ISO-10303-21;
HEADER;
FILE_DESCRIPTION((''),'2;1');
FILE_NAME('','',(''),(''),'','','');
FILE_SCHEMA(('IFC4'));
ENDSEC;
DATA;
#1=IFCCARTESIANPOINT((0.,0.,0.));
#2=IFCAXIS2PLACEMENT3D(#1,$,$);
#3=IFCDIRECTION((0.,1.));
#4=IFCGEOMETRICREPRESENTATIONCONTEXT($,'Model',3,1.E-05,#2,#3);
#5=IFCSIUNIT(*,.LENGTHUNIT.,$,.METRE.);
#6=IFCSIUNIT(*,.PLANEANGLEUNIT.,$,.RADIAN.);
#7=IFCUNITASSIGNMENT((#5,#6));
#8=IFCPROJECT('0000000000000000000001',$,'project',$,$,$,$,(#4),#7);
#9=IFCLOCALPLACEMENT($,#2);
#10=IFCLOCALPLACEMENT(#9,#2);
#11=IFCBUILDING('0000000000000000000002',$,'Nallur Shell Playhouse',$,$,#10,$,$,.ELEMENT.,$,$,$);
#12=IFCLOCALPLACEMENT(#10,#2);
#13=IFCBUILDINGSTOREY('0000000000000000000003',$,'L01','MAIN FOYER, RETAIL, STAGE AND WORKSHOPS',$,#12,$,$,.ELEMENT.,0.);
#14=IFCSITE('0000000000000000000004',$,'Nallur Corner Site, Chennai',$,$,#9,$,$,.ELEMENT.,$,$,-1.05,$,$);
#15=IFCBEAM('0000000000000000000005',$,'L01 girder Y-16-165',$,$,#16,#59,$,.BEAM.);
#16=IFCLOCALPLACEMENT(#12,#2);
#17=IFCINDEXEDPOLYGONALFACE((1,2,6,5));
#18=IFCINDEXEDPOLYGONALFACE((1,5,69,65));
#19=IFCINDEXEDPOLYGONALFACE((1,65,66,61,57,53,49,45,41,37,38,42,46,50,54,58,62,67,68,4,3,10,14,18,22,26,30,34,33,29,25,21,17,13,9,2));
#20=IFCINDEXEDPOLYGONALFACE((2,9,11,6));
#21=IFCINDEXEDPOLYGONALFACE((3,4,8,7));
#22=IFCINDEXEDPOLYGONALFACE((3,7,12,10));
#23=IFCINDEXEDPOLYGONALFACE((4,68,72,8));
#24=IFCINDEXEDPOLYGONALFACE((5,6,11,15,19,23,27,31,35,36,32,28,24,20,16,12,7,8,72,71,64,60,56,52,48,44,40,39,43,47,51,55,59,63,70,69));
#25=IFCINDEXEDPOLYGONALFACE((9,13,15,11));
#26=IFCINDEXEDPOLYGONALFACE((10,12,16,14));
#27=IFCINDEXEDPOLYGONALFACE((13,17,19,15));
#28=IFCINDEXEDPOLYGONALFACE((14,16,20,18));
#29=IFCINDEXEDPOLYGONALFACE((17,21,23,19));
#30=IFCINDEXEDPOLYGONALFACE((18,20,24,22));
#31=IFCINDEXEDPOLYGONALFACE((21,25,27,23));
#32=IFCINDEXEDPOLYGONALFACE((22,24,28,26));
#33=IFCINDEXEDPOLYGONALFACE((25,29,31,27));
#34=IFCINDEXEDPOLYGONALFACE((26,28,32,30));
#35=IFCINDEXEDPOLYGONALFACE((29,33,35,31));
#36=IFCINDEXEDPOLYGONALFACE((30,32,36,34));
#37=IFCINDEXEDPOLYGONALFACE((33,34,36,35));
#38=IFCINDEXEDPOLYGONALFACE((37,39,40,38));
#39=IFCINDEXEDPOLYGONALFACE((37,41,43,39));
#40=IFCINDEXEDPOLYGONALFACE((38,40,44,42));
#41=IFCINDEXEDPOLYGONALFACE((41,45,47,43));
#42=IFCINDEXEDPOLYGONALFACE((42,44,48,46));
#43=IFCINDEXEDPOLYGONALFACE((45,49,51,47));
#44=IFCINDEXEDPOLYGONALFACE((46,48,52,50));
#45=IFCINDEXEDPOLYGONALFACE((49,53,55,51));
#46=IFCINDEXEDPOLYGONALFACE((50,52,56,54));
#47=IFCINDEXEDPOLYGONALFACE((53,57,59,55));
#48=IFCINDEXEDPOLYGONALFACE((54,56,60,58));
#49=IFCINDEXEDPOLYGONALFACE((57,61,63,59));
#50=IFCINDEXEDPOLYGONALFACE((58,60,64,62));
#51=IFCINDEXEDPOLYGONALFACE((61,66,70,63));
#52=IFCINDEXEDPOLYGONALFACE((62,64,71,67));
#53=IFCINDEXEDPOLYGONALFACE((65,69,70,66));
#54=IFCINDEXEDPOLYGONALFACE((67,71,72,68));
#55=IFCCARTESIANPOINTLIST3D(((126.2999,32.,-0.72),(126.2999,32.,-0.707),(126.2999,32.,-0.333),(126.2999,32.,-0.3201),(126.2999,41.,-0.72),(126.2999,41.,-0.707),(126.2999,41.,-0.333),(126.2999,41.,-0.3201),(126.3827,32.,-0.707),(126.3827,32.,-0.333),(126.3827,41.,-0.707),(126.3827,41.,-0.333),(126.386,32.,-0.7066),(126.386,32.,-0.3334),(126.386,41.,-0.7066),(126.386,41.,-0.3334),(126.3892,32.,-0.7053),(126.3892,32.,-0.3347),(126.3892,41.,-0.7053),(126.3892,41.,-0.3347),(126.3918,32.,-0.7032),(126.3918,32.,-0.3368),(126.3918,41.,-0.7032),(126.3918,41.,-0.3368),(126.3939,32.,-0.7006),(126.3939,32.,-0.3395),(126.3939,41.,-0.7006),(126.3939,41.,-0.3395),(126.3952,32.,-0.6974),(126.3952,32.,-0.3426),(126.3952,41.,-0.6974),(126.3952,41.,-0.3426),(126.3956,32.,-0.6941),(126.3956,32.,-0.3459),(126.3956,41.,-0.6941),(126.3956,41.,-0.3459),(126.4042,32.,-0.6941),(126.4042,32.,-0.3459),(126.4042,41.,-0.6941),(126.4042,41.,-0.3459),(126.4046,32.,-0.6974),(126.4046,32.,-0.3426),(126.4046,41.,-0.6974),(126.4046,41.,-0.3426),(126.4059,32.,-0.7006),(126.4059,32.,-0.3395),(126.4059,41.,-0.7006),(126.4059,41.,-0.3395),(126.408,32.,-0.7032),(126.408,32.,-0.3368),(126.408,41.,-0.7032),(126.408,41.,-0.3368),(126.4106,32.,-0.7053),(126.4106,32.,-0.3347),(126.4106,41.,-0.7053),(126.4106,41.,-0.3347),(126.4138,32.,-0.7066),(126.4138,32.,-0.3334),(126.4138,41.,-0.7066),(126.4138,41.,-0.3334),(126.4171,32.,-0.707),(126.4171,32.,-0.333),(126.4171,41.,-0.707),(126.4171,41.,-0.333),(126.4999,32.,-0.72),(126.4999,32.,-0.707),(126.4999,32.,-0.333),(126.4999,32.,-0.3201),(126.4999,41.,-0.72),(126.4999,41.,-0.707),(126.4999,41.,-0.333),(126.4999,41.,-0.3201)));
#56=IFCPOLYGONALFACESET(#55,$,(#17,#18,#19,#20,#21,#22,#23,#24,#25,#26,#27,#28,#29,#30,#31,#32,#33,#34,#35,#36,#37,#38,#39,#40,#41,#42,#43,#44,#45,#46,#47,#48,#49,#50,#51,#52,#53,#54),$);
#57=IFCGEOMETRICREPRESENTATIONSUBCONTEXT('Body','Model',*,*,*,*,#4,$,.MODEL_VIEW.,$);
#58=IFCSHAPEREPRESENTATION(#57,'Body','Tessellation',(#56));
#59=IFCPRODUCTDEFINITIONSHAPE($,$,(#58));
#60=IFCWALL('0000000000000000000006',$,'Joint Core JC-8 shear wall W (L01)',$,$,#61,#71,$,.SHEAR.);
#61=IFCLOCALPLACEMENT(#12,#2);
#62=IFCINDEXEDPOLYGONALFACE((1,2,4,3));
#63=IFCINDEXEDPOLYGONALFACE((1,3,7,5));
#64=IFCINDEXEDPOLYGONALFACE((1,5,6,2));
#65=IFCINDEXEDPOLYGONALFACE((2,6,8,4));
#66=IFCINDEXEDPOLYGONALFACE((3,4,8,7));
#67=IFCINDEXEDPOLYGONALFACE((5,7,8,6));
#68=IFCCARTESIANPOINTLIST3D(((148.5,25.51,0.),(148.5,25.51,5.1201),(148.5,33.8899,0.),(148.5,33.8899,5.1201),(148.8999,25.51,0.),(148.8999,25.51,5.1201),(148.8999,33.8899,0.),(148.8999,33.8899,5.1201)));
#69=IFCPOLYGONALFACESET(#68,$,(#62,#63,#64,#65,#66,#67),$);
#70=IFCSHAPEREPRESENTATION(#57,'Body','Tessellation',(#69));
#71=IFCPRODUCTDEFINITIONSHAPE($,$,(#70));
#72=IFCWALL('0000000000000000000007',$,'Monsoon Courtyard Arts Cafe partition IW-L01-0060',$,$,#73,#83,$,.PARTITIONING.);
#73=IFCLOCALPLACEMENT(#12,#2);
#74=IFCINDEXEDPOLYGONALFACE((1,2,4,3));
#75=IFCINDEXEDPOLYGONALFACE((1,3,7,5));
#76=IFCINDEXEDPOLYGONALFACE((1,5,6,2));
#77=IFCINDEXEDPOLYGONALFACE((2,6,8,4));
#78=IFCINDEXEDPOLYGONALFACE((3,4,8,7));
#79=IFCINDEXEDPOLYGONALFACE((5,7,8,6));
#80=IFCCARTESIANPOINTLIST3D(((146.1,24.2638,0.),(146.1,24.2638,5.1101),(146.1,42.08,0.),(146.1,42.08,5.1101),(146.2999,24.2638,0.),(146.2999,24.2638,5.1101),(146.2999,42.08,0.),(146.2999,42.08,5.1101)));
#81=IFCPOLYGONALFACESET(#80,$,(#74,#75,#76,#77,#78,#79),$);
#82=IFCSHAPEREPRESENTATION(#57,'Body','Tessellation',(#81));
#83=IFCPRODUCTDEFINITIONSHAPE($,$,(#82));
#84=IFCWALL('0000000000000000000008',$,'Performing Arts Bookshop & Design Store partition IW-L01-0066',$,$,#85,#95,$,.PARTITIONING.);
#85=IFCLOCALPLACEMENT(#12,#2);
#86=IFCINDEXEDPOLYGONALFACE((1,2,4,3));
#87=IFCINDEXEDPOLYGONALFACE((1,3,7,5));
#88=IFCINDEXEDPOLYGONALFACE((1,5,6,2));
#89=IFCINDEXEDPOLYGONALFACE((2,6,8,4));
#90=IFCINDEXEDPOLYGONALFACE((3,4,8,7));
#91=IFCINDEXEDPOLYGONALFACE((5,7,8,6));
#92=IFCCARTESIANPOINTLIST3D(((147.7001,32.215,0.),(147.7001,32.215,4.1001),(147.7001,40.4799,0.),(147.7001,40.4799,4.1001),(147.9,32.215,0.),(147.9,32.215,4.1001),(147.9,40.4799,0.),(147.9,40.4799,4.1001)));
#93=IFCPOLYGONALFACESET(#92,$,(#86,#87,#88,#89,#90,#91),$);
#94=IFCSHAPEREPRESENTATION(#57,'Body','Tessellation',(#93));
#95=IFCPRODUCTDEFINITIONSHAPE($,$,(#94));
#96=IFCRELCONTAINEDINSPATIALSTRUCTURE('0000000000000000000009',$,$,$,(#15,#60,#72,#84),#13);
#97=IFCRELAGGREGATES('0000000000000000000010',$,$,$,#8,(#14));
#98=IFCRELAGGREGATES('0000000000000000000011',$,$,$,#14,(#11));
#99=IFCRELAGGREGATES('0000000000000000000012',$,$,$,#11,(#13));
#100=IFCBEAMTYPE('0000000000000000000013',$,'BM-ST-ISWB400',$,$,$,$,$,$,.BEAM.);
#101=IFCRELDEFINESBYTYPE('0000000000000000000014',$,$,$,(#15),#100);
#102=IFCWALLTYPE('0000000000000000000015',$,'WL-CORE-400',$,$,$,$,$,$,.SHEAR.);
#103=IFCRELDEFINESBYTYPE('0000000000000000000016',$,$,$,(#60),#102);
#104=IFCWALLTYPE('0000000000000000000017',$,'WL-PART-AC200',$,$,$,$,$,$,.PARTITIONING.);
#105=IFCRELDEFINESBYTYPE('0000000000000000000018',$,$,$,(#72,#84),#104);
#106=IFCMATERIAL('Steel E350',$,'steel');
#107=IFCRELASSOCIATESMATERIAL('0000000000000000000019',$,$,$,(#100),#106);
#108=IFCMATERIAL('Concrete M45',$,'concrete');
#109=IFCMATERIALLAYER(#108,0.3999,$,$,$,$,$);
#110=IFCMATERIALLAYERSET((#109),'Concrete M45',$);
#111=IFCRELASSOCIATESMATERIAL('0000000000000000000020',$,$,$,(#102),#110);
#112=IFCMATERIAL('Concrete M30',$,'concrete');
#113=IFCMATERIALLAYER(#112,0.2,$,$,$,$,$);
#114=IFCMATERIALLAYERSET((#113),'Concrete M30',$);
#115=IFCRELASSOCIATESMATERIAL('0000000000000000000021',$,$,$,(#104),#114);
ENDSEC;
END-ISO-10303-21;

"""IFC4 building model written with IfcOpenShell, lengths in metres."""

from ifc_helpers import new_model, si_unit, direction, frame, frame_2d, origin, origin_2d, place, context, subcontext, project, spatial, rectangle, i_section, extrude, material, layer, layer_set, material_profile, profile_set, type_object, element, save


model = new_model("IFC4")

# Units and contexts
model_context = context("Model", 3, precision=1e-05, world=origin(), true_north=direction((0.0, 1.0)))
body_context = subcontext(model_context, "Body", "Model", "MODEL_VIEW")
ifc_project = project(units=[si_unit("LENGTHUNIT", "METRE"), si_unit("PLANEANGLEUNIT", "RADIAN")], contexts=[model_context])

# Site, building, storey
site_placement = place(None, origin())
site = spatial("IfcSite", under=ifc_project, at=site_placement, Name="Nallur Corner Site, Chennai", CompositionType="ELEMENT", RefElevation=-1.05)
building_placement = place(site_placement, origin())
building = spatial("IfcBuilding", under=site, at=building_placement, Name="Nallur Shell Playhouse", CompositionType="ELEMENT")
storey_placement = place(building_placement, origin())
storey = spatial("IfcBuildingStorey", under=building, at=storey_placement, Name="L01", Description="MAIN FOYER, RETAIL, STAGE AND WORKSHOPS", CompositionType="ELEMENT", Elevation=0.0)

# Shared definitions
ifc_material_1 = material(Name="Steel E350", Category="steel")

# Beam
ifc_material_profile_1 = material_profile(ifc_material_1, i_section(OverallWidth=0.2, OverallDepth=0.3999, WebThickness=0.0085, FlangeThickness=0.0129, FilletRadius=0.0129, at=origin_2d()), Name="ISWB 400")
ifc_profile_set_1 = profile_set([ifc_material_profile_1], Name="Steel E350")
beam_type_1 = type_object("IfcBeamType", Name="BM-ST-ISWB400", PredefinedType="BEAM", material=ifc_profile_set_1)
beam_1_placement = place(storey_placement, frame((126.3999, 32.0, -0.52), z_axis=(0.0, 1.0, 0.0), x_axis=(-1.0, 0.0, 0.0)))
element("IfcBeam", 1, at=beam_1_placement, inside=storey, type_object=beam_type_1, Name="L01 girder Y-16-165", PredefinedType="BEAM", context=body_context, shape_type="SweptSolid", body=[
    extrude(i_section(OverallWidth=0.2, OverallDepth=0.3999, WebThickness=0.0085, FlangeThickness=0.0129, FilletRadius=0.0129, at=origin_2d()), origin(), (0.0, 0.0, 1.0), 9.0),
])

# Wall
ifc_material_2 = material(Name="Concrete M45", Category="concrete")
ifc_layer_1 = layer(ifc_material_2, 0.3999)
ifc_layer_set_1 = layer_set([ifc_layer_1], Name="Concrete M45")
wall_type_1 = type_object("IfcWallType", Name="WL-CORE-400", PredefinedType="SHEAR", material=ifc_layer_set_1)
wall_1_placement = place(storey_placement, frame((148.7, 33.8899, 0.0), z_axis=(0.0, 0.0, 1.0), x_axis=(0.0, -1.0, 0.0)))
element("IfcWall", 2, at=wall_1_placement, inside=storey, type_object=wall_type_1, Name="Joint Core JC-8 shear wall W (L01)", PredefinedType="SHEAR", context=body_context, shape_type="SweptSolid", body=[
    extrude(rectangle(XDim=8.3799, YDim=0.3999, at=frame_2d((4.1899, 0.0))), origin(), (0.0, 0.0, 1.0), 5.1201),
])

# Walls
ifc_material_3 = material(Name="Concrete M30", Category="concrete")
ifc_layer_2 = layer(ifc_material_3, 0.2)
ifc_layer_set_2 = layer_set([ifc_layer_2], Name="Concrete M30")
wall_type_2 = type_object("IfcWallType", Name="WL-PART-AC200", PredefinedType="PARTITIONING", material=ifc_layer_set_2)
wall_2_placement = place(storey_placement, frame((146.2, 42.0801, 0.0), z_axis=(0.0, 0.0, 1.0), x_axis=(0.0, -1.0, 0.0)))
element("IfcWall", 3, at=wall_2_placement, inside=storey, type_object=wall_type_2, Name="Monsoon Courtyard Arts Cafe partition IW-L01-0060", PredefinedType="PARTITIONING", context=body_context, shape_type="SweptSolid", body=[
    extrude(rectangle(XDim=17.8162, YDim=0.2, at=frame_2d((8.9082, 0.0))), origin(), (0.0, 0.0, 1.0), 5.1101),
])
wall_3_placement = place(storey_placement, frame((147.8, 32.2151, 0.0), z_axis=(0.0, 0.0, 1.0), x_axis=(0.0, 1.0, 0.0)))
element("IfcWall", 4, at=wall_3_placement, inside=storey, type_object=wall_type_2, Name="Performing Arts Bookshop & Design Store partition IW-L01-0066", PredefinedType="PARTITIONING", context=body_context, shape_type="SweptSolid", body=[
    extrude(rectangle(XDim=8.2649, YDim=0.2, at=frame_2d((4.1323, 0.0))), origin(), (0.0, 0.0, 1.0), 4.1001),
])

save(model, "model.ifc")
